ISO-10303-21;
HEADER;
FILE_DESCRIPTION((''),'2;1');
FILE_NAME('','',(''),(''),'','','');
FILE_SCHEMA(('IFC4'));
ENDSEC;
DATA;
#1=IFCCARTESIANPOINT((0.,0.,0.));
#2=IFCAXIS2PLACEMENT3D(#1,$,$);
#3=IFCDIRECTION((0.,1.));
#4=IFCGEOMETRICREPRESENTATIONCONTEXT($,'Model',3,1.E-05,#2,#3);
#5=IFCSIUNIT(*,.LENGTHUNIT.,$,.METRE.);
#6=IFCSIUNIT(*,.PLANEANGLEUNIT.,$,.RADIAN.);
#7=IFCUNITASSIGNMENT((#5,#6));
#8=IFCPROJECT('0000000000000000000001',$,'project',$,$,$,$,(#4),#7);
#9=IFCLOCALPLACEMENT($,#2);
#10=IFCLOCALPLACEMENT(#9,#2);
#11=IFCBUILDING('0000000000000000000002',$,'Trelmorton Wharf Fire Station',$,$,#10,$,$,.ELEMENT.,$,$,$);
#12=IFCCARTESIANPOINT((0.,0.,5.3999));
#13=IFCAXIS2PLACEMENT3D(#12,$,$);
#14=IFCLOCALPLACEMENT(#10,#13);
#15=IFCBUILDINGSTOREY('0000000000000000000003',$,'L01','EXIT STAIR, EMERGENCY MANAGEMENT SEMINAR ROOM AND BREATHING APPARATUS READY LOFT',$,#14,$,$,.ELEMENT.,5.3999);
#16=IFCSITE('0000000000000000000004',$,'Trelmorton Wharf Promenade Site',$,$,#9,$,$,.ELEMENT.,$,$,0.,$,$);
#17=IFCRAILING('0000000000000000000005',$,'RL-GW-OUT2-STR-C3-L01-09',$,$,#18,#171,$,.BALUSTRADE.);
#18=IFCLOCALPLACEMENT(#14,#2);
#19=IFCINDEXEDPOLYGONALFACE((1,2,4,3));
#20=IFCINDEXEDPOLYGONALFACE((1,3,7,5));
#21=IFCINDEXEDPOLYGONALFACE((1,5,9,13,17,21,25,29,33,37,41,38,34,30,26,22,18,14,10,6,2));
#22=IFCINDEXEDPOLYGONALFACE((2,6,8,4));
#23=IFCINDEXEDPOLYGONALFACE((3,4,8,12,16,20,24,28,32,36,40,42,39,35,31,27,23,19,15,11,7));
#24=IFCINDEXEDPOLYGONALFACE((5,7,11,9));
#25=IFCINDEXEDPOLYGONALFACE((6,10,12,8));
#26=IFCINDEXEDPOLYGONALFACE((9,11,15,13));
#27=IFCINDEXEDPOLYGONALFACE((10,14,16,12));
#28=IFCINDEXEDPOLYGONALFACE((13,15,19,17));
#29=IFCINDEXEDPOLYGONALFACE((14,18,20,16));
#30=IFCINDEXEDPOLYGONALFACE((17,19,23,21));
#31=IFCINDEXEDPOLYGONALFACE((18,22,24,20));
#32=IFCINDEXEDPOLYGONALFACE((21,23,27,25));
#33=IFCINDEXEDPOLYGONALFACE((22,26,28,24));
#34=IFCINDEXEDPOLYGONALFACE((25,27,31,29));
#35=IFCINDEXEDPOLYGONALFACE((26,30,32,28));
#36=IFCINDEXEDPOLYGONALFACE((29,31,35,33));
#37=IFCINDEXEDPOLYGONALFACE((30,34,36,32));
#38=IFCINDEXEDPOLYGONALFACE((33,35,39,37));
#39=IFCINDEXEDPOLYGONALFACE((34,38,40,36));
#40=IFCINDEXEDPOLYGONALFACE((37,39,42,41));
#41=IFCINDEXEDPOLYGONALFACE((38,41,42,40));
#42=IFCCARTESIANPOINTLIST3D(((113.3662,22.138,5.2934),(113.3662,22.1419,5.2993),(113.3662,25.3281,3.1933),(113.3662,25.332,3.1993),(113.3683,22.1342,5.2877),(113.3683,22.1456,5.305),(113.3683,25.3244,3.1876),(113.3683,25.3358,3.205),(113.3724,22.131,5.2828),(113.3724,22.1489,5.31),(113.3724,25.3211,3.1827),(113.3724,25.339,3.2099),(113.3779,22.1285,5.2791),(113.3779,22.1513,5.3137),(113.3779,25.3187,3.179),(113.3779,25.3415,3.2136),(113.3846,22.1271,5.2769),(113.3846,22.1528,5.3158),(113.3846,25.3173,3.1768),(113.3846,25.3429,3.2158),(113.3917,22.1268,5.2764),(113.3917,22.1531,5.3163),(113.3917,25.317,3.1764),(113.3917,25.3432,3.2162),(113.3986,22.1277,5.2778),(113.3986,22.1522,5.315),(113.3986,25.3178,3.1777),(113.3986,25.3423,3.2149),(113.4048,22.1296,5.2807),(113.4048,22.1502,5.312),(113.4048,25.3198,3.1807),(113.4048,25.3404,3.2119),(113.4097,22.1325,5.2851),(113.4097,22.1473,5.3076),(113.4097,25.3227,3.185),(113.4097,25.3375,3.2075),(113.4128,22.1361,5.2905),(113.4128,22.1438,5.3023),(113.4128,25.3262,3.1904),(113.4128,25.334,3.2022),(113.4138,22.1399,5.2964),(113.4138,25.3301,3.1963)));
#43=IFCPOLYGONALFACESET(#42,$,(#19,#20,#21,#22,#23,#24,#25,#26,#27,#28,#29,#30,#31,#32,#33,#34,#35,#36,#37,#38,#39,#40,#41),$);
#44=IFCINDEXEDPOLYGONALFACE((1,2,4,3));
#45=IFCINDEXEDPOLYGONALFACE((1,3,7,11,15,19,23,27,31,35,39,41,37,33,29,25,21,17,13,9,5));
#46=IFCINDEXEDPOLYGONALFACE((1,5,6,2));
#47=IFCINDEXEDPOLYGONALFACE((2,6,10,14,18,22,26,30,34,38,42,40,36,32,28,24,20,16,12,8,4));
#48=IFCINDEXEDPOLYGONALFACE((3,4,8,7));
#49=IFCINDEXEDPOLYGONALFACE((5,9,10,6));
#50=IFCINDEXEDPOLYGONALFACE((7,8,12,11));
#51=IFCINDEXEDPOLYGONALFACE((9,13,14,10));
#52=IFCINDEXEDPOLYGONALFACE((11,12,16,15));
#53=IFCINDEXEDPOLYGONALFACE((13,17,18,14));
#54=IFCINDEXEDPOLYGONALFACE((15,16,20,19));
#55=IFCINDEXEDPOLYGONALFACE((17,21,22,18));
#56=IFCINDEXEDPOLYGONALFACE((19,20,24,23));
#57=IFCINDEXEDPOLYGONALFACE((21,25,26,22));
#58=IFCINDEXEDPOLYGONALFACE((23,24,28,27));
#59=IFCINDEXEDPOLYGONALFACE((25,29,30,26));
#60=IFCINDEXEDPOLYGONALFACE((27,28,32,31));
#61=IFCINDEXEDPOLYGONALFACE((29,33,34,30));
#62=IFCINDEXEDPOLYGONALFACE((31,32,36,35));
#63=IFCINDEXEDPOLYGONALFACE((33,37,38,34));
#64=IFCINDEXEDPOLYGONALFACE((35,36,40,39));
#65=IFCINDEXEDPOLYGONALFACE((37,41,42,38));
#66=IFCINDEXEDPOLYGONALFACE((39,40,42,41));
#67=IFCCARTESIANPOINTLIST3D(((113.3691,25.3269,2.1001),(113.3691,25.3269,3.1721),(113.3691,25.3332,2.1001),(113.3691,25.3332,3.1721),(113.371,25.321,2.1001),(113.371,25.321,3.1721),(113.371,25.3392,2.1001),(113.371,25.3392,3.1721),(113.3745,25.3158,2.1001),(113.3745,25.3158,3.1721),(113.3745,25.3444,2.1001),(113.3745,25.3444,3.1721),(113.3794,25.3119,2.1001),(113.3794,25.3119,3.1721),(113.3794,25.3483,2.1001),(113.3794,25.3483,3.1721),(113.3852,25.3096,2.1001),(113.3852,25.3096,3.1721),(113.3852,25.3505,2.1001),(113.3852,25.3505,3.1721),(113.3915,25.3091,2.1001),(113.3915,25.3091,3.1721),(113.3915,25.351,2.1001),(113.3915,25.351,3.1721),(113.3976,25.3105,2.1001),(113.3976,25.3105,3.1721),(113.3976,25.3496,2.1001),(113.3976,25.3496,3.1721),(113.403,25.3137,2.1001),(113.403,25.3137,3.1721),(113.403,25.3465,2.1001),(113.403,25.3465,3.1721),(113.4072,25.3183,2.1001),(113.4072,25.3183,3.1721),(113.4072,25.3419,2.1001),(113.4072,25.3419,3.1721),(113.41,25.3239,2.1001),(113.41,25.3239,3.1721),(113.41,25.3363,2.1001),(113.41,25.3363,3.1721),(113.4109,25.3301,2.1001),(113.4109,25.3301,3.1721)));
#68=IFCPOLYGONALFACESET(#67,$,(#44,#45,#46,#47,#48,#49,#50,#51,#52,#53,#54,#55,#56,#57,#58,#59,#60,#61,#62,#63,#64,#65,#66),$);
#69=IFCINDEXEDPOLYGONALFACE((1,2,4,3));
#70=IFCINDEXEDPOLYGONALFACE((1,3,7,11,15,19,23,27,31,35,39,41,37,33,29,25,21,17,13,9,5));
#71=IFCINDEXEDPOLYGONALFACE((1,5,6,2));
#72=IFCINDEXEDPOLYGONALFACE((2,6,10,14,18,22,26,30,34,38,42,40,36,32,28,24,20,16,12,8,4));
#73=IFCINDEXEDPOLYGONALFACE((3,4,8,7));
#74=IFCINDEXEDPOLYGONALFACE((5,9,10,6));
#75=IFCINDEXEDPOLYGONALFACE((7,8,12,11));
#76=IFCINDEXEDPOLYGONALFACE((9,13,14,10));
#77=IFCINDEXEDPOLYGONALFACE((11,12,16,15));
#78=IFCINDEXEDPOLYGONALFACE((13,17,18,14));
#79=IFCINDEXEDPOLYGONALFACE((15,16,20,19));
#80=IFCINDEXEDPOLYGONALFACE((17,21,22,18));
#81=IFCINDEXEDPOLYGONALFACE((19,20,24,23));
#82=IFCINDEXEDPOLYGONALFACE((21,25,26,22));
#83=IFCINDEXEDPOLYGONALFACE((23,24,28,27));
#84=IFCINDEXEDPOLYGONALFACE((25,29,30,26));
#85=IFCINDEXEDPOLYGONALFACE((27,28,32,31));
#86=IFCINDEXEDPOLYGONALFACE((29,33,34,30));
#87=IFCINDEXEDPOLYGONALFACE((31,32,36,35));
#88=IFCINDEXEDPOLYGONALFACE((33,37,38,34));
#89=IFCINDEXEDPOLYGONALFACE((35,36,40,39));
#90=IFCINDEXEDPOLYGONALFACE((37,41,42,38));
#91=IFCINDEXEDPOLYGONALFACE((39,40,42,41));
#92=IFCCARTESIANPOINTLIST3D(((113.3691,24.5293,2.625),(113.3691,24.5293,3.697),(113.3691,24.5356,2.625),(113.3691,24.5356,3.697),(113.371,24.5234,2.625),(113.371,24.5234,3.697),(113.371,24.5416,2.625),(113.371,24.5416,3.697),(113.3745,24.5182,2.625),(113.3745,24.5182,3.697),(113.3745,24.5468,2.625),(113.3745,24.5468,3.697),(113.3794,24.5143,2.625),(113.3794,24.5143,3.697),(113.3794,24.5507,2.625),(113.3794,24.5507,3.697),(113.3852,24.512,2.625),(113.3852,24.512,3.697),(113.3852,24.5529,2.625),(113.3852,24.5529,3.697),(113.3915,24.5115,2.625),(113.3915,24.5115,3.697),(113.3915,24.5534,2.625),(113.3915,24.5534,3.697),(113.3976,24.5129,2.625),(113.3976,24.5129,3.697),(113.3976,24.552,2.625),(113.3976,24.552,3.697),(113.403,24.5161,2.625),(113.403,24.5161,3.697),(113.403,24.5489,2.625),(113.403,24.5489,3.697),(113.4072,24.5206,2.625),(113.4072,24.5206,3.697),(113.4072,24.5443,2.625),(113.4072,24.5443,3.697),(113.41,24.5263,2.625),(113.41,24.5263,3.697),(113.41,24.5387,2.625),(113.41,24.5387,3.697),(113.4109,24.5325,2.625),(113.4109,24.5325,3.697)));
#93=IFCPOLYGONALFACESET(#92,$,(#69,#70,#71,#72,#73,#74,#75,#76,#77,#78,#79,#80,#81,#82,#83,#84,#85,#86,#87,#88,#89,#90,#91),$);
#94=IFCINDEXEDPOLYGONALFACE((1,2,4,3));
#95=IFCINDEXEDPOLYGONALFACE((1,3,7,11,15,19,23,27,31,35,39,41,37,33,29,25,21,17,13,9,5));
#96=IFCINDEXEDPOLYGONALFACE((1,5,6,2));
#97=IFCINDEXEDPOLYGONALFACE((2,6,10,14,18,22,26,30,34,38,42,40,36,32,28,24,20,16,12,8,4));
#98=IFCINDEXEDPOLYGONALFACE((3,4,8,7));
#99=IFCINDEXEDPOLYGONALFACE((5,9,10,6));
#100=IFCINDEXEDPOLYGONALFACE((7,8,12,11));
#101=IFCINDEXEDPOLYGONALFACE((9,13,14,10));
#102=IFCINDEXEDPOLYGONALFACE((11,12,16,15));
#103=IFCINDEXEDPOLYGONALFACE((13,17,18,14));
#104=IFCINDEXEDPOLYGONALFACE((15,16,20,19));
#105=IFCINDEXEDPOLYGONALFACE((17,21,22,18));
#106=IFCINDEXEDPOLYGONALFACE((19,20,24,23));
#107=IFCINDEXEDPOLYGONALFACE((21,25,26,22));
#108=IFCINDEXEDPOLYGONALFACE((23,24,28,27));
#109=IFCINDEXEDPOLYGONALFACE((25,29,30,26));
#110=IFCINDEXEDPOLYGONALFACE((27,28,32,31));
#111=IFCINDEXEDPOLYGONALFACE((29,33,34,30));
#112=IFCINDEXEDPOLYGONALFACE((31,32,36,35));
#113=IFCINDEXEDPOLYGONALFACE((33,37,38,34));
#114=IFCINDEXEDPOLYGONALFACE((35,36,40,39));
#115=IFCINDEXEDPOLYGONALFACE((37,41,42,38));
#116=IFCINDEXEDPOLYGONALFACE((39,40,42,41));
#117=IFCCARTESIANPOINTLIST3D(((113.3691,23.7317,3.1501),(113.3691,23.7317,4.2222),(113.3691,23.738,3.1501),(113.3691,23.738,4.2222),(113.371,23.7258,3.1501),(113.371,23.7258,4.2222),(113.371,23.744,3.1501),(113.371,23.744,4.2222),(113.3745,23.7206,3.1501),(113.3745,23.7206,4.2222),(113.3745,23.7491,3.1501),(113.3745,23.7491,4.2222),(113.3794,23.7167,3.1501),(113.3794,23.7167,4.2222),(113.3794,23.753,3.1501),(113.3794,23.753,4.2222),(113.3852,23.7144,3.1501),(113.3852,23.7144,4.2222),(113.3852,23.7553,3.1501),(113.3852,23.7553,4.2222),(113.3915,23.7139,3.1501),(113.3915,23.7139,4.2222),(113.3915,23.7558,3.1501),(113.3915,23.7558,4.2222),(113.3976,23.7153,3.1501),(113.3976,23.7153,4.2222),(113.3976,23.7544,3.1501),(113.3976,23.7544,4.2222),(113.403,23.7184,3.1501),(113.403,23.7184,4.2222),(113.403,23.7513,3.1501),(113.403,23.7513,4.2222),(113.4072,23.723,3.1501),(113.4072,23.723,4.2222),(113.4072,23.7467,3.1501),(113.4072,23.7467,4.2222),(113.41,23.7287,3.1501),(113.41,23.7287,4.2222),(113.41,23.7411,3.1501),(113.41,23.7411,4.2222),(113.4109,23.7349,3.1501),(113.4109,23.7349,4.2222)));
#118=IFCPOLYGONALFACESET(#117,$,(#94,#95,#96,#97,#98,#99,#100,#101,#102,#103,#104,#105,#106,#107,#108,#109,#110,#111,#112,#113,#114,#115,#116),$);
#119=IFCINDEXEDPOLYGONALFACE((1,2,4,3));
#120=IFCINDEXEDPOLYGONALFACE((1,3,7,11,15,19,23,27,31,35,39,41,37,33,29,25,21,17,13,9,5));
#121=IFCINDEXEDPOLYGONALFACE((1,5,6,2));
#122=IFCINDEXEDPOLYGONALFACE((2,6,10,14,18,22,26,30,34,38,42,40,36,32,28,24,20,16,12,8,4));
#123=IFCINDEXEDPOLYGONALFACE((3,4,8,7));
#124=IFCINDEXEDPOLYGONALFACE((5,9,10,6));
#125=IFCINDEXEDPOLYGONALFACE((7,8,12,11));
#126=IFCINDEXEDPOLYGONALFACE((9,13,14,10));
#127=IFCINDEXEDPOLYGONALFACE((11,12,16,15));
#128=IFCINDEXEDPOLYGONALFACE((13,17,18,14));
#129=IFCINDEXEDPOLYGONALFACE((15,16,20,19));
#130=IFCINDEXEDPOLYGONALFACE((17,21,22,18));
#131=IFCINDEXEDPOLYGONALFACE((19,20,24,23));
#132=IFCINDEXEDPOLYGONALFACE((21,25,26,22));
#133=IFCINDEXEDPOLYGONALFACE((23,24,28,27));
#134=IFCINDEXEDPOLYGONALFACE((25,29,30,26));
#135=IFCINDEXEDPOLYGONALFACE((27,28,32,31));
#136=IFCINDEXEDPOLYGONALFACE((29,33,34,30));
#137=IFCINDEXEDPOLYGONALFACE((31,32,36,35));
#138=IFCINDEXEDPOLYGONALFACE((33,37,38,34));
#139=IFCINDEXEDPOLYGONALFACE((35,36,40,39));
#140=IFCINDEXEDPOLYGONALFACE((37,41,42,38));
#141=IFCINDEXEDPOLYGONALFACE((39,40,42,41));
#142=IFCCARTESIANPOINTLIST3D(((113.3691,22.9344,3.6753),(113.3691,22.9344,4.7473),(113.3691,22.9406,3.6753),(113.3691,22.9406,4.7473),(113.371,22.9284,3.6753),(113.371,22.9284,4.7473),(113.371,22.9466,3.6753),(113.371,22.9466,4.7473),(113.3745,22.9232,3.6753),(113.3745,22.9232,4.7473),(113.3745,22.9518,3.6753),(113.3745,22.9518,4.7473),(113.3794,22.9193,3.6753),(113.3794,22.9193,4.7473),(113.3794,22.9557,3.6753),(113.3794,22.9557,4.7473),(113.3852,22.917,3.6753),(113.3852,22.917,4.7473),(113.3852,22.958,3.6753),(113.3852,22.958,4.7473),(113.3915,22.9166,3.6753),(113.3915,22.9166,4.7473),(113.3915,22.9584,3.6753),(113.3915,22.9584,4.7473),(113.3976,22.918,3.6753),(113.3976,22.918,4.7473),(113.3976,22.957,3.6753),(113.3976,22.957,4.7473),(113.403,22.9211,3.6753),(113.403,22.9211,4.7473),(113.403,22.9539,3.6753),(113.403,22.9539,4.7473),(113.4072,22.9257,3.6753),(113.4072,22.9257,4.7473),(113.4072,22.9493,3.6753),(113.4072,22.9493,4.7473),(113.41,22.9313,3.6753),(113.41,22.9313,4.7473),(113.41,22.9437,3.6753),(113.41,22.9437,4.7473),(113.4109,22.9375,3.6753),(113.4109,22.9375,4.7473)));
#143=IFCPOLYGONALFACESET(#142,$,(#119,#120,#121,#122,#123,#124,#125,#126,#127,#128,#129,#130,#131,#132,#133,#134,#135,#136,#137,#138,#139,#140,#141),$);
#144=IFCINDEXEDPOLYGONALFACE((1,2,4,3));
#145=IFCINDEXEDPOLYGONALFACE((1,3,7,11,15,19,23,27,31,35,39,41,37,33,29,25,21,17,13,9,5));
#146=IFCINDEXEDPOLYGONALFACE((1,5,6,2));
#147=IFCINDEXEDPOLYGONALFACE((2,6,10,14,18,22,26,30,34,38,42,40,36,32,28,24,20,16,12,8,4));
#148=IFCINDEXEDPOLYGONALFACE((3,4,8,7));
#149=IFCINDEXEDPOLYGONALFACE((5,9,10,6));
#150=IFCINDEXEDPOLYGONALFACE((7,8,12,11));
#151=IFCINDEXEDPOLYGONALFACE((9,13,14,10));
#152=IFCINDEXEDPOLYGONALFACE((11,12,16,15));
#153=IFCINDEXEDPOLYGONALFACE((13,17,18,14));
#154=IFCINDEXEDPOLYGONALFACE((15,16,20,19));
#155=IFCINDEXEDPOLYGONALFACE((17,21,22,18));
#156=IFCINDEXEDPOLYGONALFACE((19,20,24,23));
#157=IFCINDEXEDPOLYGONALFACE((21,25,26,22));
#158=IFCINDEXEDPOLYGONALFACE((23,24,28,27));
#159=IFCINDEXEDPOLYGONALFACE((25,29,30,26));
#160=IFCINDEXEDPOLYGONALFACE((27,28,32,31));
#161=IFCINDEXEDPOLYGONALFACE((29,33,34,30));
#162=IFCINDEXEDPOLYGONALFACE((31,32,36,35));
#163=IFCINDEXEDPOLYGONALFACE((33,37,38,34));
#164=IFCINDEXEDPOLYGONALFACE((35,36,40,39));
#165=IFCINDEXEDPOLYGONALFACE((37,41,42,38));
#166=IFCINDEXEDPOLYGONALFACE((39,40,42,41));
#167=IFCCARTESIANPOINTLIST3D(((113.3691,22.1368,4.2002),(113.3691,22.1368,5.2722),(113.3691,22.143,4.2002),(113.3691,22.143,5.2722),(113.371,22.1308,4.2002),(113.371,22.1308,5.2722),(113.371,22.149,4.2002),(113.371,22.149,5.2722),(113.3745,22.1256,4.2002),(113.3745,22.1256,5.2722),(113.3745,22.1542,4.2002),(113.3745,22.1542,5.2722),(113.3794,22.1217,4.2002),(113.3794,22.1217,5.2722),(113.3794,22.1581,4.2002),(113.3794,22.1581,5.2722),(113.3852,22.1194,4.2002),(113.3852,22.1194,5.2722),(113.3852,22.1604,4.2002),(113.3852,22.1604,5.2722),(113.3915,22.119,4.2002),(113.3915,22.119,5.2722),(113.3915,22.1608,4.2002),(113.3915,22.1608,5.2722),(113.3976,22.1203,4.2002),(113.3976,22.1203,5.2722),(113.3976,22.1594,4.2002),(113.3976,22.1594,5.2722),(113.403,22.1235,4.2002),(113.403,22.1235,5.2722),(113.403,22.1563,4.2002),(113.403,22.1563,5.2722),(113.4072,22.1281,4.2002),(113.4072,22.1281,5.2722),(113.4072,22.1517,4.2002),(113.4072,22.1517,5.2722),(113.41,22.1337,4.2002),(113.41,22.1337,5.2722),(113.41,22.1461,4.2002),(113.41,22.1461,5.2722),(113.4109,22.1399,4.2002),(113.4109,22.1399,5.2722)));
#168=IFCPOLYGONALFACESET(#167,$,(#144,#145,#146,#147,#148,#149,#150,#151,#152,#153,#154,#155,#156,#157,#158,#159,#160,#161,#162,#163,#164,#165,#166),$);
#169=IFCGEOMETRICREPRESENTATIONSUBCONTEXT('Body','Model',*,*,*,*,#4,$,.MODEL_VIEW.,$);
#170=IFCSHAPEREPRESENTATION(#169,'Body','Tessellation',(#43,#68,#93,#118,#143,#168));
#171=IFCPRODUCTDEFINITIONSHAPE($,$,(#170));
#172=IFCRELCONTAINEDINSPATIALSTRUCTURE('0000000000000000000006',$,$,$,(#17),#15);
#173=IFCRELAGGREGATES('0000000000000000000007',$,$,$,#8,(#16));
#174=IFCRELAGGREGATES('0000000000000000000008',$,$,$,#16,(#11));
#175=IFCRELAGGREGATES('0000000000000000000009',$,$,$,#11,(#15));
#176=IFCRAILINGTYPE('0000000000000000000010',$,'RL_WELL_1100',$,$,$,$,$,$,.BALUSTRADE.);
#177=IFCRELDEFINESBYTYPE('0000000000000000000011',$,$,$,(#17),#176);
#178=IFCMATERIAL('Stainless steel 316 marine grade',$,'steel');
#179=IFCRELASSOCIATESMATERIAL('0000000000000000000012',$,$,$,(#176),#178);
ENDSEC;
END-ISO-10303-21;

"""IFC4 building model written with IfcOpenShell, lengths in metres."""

from ifc_helpers import new_model, si_unit, direction, frame, origin, origin_2d, place, context, subcontext, project, spatial, circle, extrude, material, type_object, element, save


model = new_model("IFC4")

# Units and contexts
model_context = context("Model", 3, precision=1e-05, world=origin(), true_north=direction((0.0, 1.0)))
body_context = subcontext(model_context, "Body", "Model", "MODEL_VIEW")
ifc_project = project(units=[si_unit("LENGTHUNIT", "METRE"), si_unit("PLANEANGLEUNIT", "RADIAN")], contexts=[model_context])

# Site, building, storey
site_placement = place(None, origin())
site = spatial("IfcSite", under=ifc_project, at=site_placement, Name="Trelmorton Wharf Promenade Site", CompositionType="ELEMENT", RefElevation=0.0)
building_placement = place(site_placement, origin())
building = spatial("IfcBuilding", under=site, at=building_placement, Name="Trelmorton Wharf Fire Station", CompositionType="ELEMENT")
storey_placement = place(building_placement, frame((0.0, 0.0, 5.3999)))
storey = spatial("IfcBuildingStorey", under=building, at=storey_placement, Name="L01", Description="EXIT STAIR, EMERGENCY MANAGEMENT SEMINAR ROOM AND BREATHING APPARATUS READY LOFT", CompositionType="ELEMENT", Elevation=5.3999)

# Shared definitions
ifc_material_1 = material(Name="Stainless steel 316 marine grade", Category="steel")

# Railing
railing_type_1 = type_object("IfcRailingType", Name="RL_WELL_1100", PredefinedType="BALUSTRADE", material=ifc_material_1)
railing_1_placement = place(storey_placement, frame((113.3899, 25.3301, 2.1001)))
element("IfcRailing", 1, at=railing_1_placement, inside=storey, type_object=railing_type_1, Name="RL-GW-OUT2-STR-C3-L01-09", PredefinedType="BALUSTRADE", context=body_context, shape_type="SweptSolid", body=[
    extrude(circle(Radius=0.0239, at=origin_2d()), frame((0.0, 0.0, 1.0962), z_axis=(0.0, -0.835262, 0.549852), x_axis=(1.0, 0.0, 0.0)), (0.0, 0.0, 1.0), 3.8193),
    extrude(circle(Radius=0.021, at=origin_2d()), origin(), (0.0, 0.0, 1.0), 1.072),
    extrude(circle(Radius=0.021, at=origin_2d()), frame((0.0, -0.7976, 0.5249)), (0.0, 0.0, 1.0), 1.072),
    extrude(circle(Radius=0.021, at=origin_2d()), frame((0.0, -1.5952, 1.05)), (0.0, 0.0, 1.0), 1.072),
    extrude(circle(Radius=0.021, at=origin_2d()), frame((0.0, -2.3926, 1.5752)), (0.0, 0.0, 1.0), 1.072),
    extrude(circle(Radius=0.021, at=origin_2d()), frame((0.0, -3.1902, 2.1001)), (0.0, 0.0, 1.0), 1.072),
])

save(model, "model.ifc")
